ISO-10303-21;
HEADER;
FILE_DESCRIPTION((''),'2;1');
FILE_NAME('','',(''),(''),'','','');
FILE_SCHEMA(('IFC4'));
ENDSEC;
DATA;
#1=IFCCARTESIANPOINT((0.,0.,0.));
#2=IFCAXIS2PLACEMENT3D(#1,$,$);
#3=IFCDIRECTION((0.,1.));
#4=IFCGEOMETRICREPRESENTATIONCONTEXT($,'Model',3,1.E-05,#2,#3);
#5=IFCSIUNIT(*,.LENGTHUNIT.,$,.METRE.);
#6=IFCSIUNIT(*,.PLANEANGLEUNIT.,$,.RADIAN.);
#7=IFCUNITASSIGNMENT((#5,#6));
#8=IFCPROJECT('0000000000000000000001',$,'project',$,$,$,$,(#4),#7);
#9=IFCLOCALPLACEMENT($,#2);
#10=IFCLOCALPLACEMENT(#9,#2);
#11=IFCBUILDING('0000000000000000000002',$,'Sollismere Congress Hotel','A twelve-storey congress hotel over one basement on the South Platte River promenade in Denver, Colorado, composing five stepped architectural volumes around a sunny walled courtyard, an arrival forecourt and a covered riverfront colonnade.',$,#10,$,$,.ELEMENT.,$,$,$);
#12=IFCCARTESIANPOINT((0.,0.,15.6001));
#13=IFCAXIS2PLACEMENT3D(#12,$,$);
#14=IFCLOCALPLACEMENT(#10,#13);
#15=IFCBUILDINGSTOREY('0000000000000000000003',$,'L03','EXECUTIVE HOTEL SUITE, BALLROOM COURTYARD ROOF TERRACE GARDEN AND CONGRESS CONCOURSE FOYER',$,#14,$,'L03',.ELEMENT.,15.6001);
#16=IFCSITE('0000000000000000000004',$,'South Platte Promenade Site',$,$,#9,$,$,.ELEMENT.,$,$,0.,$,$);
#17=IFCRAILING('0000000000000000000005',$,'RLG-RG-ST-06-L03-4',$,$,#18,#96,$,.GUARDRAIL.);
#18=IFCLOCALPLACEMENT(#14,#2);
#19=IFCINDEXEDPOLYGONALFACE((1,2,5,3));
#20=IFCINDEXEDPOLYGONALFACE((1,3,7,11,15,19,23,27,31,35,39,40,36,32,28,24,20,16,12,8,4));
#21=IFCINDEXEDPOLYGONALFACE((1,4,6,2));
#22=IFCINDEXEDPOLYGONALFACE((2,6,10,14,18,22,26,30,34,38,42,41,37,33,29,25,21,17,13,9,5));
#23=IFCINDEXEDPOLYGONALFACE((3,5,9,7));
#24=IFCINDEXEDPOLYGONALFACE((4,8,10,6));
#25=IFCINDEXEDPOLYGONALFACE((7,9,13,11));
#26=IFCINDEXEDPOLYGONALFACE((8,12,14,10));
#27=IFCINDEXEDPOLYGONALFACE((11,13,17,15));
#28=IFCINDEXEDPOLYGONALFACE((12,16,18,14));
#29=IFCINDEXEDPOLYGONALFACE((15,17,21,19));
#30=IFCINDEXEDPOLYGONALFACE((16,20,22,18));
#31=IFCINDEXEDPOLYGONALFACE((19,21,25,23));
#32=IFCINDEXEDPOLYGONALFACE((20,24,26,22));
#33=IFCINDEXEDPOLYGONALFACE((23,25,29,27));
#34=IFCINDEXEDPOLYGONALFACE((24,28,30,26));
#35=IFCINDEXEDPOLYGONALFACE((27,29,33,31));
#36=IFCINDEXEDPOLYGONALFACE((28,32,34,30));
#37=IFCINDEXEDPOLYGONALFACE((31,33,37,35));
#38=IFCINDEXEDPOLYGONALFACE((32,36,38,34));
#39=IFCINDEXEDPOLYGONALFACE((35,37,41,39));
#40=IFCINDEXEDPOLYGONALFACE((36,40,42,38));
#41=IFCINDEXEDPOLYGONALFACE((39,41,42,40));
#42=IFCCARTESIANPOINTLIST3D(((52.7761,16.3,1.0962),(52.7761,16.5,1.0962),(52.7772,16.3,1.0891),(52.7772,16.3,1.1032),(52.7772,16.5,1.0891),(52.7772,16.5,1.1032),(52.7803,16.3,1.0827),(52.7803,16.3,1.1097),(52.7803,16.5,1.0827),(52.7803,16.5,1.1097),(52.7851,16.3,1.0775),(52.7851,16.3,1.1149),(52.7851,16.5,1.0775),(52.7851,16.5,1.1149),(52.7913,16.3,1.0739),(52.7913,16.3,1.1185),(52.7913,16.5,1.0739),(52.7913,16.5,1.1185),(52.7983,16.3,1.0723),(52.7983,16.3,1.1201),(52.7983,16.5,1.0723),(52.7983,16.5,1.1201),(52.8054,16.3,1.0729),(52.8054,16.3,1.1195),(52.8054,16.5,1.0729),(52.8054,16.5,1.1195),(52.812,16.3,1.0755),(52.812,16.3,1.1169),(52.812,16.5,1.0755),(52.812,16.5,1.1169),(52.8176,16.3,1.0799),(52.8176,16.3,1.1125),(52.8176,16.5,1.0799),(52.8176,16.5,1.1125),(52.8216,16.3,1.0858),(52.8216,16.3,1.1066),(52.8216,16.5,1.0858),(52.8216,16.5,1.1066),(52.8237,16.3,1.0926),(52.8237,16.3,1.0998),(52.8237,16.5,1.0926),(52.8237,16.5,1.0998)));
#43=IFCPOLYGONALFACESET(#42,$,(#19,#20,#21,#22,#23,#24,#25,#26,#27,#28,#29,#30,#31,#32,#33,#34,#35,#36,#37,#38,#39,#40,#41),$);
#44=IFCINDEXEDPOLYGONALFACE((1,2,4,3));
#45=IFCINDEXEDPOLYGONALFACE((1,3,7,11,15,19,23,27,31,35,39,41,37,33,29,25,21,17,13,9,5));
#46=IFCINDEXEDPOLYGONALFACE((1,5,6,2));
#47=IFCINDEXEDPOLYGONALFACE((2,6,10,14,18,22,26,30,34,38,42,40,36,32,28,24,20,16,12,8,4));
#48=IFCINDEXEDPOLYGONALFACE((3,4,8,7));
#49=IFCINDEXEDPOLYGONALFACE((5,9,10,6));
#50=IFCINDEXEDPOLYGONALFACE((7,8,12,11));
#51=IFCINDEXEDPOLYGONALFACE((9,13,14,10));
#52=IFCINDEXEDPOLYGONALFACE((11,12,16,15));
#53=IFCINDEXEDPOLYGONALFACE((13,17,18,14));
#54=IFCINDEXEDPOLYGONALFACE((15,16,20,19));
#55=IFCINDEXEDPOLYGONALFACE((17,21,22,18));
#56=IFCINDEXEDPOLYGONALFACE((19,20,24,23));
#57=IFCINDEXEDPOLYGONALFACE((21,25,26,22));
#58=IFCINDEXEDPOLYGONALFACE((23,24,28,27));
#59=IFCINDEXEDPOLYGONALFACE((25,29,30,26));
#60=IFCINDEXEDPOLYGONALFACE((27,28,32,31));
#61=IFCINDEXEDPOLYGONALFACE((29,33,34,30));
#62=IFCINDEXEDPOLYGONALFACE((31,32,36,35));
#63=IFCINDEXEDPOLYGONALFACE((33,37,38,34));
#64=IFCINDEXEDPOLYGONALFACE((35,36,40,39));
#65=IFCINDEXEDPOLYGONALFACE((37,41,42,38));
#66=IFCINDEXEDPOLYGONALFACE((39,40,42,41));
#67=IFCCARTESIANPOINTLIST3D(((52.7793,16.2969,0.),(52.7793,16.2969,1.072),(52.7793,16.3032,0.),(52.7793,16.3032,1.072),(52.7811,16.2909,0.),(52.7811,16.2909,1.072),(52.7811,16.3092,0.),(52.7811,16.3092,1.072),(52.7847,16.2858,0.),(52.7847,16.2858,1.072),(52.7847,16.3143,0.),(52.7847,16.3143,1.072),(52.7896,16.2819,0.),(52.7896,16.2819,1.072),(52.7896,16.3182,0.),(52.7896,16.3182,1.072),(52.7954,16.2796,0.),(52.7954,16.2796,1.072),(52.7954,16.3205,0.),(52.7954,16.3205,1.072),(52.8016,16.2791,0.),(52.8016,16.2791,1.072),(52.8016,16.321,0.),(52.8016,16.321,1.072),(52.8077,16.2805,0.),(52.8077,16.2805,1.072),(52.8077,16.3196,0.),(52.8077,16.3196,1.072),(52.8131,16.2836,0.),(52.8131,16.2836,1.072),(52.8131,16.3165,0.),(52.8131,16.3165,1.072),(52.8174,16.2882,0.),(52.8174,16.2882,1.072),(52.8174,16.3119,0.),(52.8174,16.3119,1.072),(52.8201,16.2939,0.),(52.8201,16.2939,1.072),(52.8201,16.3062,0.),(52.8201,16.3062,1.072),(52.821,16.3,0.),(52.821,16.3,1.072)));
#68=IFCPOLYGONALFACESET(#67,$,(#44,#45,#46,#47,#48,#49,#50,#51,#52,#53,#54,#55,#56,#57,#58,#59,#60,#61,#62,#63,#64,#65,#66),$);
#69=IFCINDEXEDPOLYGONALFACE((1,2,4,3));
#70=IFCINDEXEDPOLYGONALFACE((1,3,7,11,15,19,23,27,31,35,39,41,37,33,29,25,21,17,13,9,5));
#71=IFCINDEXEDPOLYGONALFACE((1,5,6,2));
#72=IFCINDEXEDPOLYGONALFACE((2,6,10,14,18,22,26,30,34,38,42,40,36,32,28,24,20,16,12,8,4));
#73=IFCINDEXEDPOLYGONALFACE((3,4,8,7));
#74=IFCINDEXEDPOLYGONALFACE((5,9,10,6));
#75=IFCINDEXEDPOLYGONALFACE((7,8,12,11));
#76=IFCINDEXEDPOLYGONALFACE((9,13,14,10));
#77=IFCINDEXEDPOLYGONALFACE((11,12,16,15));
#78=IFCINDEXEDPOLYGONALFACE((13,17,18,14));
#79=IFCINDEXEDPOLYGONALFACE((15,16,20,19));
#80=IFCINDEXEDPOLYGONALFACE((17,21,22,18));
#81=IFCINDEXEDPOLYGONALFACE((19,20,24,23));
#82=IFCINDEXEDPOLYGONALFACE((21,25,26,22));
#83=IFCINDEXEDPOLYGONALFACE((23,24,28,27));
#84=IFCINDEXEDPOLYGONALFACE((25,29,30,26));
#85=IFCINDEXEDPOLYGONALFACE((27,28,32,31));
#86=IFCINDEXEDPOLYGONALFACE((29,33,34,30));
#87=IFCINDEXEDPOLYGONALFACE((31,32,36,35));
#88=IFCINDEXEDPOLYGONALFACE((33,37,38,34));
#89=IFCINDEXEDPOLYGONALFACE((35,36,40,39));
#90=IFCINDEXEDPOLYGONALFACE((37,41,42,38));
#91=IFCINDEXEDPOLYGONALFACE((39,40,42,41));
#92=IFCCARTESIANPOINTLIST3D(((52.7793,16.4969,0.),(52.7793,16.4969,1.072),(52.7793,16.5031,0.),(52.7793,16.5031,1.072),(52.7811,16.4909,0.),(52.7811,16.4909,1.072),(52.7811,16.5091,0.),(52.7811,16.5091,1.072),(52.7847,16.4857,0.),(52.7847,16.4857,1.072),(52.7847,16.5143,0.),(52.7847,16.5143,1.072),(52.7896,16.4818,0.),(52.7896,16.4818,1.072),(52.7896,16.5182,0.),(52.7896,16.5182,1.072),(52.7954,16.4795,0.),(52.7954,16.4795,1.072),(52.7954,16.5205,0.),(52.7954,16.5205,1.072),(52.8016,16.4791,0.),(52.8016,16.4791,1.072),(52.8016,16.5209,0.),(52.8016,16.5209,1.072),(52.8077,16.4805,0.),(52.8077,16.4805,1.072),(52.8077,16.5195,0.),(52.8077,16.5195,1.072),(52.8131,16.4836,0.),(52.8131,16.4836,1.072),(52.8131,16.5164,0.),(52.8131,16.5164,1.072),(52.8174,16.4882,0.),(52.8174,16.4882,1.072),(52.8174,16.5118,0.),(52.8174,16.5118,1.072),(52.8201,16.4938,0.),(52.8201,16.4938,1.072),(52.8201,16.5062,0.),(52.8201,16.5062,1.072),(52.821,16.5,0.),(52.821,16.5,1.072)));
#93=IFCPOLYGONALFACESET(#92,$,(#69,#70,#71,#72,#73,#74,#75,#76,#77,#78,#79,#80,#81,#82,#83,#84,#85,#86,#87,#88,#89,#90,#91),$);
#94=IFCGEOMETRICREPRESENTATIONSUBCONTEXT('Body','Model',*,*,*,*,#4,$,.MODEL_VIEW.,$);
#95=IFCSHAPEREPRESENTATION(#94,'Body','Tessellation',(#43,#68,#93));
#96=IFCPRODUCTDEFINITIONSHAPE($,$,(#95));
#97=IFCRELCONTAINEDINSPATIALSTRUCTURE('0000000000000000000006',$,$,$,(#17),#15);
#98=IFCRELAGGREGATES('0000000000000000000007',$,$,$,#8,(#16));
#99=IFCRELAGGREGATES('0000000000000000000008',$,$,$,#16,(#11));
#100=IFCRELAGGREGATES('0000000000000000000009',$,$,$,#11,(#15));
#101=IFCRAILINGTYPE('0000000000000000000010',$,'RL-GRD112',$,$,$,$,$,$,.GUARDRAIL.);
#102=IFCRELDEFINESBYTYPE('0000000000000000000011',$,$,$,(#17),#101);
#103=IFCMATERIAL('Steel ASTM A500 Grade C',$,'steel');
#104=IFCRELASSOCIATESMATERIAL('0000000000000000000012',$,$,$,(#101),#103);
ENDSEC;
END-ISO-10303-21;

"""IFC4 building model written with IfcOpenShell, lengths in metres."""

from ifc_helpers import new_model, si_unit, direction, frame, origin, origin_2d, place, context, subcontext, project, spatial, circle, extrude, material, type_object, element, save


model = new_model("IFC4")

# Units and contexts
model_context = context("Model", 3, precision=1e-05, world=origin(), true_north=direction((0.0, 1.0)))
body_context = subcontext(model_context, "Body", "Model", "MODEL_VIEW")
ifc_project = project(units=[si_unit("LENGTHUNIT", "METRE"), si_unit("PLANEANGLEUNIT", "RADIAN")], contexts=[model_context])

# Site, building, storey
site_placement = place(None, origin())
site = spatial("IfcSite", under=ifc_project, at=site_placement, Name="South Platte Promenade Site", CompositionType="ELEMENT", RefElevation=0.0)
building_placement = place(site_placement, origin())
building = spatial("IfcBuilding", under=site, at=building_placement, Name="Sollismere Congress Hotel", Description="A twelve-storey congress hotel over one basement on the South Platte River promenade in Denver, Colorado, composing five stepped architectural volumes around a sunny walled courtyard, an arrival forecourt and a covered riverfront colonnade.", CompositionType="ELEMENT")
storey_placement = place(building_placement, frame((0.0, 0.0, 15.6001)))
storey = spatial("IfcBuildingStorey", under=building, at=storey_placement, Name="L03", Description="EXECUTIVE HOTEL SUITE, BALLROOM COURTYARD ROOF TERRACE GARDEN AND CONGRESS CONCOURSE FOYER", LongName="L03", CompositionType="ELEMENT", Elevation=15.6001)

# Railing
ifc_material_1 = material(Name="Steel ASTM A500 Grade C", Category="steel")
railing_type_1 = type_object("IfcRailingType", Name="RL-GRD112", PredefinedType="GUARDRAIL", material=ifc_material_1)
railing_1_placement = place(storey_placement, frame((52.8, 16.3, 0.0)))
element("IfcRailing", 1, at=railing_1_placement, inside=storey, type_object=railing_type_1, Name="RLG-RG-ST-06-L03-4", PredefinedType="GUARDRAIL", context=body_context, shape_type="SweptSolid", body=[
    extrude(circle(Radius=0.0239, at=origin_2d()), frame((0.0, 0.0, 1.0962), z_axis=(0.0, 1.0, 0.0), x_axis=(-1.0, 0.0, 0.0)), (0.0, 0.0, 1.0), 0.2),
    extrude(circle(Radius=0.021, at=origin_2d()), origin(), (0.0, 0.0, 1.0), 1.072),
    extrude(circle(Radius=0.021, at=origin_2d()), frame((0.0, 0.2, 0.0)), (0.0, 0.0, 1.0), 1.072),
])

save(model, "model.ifc")
